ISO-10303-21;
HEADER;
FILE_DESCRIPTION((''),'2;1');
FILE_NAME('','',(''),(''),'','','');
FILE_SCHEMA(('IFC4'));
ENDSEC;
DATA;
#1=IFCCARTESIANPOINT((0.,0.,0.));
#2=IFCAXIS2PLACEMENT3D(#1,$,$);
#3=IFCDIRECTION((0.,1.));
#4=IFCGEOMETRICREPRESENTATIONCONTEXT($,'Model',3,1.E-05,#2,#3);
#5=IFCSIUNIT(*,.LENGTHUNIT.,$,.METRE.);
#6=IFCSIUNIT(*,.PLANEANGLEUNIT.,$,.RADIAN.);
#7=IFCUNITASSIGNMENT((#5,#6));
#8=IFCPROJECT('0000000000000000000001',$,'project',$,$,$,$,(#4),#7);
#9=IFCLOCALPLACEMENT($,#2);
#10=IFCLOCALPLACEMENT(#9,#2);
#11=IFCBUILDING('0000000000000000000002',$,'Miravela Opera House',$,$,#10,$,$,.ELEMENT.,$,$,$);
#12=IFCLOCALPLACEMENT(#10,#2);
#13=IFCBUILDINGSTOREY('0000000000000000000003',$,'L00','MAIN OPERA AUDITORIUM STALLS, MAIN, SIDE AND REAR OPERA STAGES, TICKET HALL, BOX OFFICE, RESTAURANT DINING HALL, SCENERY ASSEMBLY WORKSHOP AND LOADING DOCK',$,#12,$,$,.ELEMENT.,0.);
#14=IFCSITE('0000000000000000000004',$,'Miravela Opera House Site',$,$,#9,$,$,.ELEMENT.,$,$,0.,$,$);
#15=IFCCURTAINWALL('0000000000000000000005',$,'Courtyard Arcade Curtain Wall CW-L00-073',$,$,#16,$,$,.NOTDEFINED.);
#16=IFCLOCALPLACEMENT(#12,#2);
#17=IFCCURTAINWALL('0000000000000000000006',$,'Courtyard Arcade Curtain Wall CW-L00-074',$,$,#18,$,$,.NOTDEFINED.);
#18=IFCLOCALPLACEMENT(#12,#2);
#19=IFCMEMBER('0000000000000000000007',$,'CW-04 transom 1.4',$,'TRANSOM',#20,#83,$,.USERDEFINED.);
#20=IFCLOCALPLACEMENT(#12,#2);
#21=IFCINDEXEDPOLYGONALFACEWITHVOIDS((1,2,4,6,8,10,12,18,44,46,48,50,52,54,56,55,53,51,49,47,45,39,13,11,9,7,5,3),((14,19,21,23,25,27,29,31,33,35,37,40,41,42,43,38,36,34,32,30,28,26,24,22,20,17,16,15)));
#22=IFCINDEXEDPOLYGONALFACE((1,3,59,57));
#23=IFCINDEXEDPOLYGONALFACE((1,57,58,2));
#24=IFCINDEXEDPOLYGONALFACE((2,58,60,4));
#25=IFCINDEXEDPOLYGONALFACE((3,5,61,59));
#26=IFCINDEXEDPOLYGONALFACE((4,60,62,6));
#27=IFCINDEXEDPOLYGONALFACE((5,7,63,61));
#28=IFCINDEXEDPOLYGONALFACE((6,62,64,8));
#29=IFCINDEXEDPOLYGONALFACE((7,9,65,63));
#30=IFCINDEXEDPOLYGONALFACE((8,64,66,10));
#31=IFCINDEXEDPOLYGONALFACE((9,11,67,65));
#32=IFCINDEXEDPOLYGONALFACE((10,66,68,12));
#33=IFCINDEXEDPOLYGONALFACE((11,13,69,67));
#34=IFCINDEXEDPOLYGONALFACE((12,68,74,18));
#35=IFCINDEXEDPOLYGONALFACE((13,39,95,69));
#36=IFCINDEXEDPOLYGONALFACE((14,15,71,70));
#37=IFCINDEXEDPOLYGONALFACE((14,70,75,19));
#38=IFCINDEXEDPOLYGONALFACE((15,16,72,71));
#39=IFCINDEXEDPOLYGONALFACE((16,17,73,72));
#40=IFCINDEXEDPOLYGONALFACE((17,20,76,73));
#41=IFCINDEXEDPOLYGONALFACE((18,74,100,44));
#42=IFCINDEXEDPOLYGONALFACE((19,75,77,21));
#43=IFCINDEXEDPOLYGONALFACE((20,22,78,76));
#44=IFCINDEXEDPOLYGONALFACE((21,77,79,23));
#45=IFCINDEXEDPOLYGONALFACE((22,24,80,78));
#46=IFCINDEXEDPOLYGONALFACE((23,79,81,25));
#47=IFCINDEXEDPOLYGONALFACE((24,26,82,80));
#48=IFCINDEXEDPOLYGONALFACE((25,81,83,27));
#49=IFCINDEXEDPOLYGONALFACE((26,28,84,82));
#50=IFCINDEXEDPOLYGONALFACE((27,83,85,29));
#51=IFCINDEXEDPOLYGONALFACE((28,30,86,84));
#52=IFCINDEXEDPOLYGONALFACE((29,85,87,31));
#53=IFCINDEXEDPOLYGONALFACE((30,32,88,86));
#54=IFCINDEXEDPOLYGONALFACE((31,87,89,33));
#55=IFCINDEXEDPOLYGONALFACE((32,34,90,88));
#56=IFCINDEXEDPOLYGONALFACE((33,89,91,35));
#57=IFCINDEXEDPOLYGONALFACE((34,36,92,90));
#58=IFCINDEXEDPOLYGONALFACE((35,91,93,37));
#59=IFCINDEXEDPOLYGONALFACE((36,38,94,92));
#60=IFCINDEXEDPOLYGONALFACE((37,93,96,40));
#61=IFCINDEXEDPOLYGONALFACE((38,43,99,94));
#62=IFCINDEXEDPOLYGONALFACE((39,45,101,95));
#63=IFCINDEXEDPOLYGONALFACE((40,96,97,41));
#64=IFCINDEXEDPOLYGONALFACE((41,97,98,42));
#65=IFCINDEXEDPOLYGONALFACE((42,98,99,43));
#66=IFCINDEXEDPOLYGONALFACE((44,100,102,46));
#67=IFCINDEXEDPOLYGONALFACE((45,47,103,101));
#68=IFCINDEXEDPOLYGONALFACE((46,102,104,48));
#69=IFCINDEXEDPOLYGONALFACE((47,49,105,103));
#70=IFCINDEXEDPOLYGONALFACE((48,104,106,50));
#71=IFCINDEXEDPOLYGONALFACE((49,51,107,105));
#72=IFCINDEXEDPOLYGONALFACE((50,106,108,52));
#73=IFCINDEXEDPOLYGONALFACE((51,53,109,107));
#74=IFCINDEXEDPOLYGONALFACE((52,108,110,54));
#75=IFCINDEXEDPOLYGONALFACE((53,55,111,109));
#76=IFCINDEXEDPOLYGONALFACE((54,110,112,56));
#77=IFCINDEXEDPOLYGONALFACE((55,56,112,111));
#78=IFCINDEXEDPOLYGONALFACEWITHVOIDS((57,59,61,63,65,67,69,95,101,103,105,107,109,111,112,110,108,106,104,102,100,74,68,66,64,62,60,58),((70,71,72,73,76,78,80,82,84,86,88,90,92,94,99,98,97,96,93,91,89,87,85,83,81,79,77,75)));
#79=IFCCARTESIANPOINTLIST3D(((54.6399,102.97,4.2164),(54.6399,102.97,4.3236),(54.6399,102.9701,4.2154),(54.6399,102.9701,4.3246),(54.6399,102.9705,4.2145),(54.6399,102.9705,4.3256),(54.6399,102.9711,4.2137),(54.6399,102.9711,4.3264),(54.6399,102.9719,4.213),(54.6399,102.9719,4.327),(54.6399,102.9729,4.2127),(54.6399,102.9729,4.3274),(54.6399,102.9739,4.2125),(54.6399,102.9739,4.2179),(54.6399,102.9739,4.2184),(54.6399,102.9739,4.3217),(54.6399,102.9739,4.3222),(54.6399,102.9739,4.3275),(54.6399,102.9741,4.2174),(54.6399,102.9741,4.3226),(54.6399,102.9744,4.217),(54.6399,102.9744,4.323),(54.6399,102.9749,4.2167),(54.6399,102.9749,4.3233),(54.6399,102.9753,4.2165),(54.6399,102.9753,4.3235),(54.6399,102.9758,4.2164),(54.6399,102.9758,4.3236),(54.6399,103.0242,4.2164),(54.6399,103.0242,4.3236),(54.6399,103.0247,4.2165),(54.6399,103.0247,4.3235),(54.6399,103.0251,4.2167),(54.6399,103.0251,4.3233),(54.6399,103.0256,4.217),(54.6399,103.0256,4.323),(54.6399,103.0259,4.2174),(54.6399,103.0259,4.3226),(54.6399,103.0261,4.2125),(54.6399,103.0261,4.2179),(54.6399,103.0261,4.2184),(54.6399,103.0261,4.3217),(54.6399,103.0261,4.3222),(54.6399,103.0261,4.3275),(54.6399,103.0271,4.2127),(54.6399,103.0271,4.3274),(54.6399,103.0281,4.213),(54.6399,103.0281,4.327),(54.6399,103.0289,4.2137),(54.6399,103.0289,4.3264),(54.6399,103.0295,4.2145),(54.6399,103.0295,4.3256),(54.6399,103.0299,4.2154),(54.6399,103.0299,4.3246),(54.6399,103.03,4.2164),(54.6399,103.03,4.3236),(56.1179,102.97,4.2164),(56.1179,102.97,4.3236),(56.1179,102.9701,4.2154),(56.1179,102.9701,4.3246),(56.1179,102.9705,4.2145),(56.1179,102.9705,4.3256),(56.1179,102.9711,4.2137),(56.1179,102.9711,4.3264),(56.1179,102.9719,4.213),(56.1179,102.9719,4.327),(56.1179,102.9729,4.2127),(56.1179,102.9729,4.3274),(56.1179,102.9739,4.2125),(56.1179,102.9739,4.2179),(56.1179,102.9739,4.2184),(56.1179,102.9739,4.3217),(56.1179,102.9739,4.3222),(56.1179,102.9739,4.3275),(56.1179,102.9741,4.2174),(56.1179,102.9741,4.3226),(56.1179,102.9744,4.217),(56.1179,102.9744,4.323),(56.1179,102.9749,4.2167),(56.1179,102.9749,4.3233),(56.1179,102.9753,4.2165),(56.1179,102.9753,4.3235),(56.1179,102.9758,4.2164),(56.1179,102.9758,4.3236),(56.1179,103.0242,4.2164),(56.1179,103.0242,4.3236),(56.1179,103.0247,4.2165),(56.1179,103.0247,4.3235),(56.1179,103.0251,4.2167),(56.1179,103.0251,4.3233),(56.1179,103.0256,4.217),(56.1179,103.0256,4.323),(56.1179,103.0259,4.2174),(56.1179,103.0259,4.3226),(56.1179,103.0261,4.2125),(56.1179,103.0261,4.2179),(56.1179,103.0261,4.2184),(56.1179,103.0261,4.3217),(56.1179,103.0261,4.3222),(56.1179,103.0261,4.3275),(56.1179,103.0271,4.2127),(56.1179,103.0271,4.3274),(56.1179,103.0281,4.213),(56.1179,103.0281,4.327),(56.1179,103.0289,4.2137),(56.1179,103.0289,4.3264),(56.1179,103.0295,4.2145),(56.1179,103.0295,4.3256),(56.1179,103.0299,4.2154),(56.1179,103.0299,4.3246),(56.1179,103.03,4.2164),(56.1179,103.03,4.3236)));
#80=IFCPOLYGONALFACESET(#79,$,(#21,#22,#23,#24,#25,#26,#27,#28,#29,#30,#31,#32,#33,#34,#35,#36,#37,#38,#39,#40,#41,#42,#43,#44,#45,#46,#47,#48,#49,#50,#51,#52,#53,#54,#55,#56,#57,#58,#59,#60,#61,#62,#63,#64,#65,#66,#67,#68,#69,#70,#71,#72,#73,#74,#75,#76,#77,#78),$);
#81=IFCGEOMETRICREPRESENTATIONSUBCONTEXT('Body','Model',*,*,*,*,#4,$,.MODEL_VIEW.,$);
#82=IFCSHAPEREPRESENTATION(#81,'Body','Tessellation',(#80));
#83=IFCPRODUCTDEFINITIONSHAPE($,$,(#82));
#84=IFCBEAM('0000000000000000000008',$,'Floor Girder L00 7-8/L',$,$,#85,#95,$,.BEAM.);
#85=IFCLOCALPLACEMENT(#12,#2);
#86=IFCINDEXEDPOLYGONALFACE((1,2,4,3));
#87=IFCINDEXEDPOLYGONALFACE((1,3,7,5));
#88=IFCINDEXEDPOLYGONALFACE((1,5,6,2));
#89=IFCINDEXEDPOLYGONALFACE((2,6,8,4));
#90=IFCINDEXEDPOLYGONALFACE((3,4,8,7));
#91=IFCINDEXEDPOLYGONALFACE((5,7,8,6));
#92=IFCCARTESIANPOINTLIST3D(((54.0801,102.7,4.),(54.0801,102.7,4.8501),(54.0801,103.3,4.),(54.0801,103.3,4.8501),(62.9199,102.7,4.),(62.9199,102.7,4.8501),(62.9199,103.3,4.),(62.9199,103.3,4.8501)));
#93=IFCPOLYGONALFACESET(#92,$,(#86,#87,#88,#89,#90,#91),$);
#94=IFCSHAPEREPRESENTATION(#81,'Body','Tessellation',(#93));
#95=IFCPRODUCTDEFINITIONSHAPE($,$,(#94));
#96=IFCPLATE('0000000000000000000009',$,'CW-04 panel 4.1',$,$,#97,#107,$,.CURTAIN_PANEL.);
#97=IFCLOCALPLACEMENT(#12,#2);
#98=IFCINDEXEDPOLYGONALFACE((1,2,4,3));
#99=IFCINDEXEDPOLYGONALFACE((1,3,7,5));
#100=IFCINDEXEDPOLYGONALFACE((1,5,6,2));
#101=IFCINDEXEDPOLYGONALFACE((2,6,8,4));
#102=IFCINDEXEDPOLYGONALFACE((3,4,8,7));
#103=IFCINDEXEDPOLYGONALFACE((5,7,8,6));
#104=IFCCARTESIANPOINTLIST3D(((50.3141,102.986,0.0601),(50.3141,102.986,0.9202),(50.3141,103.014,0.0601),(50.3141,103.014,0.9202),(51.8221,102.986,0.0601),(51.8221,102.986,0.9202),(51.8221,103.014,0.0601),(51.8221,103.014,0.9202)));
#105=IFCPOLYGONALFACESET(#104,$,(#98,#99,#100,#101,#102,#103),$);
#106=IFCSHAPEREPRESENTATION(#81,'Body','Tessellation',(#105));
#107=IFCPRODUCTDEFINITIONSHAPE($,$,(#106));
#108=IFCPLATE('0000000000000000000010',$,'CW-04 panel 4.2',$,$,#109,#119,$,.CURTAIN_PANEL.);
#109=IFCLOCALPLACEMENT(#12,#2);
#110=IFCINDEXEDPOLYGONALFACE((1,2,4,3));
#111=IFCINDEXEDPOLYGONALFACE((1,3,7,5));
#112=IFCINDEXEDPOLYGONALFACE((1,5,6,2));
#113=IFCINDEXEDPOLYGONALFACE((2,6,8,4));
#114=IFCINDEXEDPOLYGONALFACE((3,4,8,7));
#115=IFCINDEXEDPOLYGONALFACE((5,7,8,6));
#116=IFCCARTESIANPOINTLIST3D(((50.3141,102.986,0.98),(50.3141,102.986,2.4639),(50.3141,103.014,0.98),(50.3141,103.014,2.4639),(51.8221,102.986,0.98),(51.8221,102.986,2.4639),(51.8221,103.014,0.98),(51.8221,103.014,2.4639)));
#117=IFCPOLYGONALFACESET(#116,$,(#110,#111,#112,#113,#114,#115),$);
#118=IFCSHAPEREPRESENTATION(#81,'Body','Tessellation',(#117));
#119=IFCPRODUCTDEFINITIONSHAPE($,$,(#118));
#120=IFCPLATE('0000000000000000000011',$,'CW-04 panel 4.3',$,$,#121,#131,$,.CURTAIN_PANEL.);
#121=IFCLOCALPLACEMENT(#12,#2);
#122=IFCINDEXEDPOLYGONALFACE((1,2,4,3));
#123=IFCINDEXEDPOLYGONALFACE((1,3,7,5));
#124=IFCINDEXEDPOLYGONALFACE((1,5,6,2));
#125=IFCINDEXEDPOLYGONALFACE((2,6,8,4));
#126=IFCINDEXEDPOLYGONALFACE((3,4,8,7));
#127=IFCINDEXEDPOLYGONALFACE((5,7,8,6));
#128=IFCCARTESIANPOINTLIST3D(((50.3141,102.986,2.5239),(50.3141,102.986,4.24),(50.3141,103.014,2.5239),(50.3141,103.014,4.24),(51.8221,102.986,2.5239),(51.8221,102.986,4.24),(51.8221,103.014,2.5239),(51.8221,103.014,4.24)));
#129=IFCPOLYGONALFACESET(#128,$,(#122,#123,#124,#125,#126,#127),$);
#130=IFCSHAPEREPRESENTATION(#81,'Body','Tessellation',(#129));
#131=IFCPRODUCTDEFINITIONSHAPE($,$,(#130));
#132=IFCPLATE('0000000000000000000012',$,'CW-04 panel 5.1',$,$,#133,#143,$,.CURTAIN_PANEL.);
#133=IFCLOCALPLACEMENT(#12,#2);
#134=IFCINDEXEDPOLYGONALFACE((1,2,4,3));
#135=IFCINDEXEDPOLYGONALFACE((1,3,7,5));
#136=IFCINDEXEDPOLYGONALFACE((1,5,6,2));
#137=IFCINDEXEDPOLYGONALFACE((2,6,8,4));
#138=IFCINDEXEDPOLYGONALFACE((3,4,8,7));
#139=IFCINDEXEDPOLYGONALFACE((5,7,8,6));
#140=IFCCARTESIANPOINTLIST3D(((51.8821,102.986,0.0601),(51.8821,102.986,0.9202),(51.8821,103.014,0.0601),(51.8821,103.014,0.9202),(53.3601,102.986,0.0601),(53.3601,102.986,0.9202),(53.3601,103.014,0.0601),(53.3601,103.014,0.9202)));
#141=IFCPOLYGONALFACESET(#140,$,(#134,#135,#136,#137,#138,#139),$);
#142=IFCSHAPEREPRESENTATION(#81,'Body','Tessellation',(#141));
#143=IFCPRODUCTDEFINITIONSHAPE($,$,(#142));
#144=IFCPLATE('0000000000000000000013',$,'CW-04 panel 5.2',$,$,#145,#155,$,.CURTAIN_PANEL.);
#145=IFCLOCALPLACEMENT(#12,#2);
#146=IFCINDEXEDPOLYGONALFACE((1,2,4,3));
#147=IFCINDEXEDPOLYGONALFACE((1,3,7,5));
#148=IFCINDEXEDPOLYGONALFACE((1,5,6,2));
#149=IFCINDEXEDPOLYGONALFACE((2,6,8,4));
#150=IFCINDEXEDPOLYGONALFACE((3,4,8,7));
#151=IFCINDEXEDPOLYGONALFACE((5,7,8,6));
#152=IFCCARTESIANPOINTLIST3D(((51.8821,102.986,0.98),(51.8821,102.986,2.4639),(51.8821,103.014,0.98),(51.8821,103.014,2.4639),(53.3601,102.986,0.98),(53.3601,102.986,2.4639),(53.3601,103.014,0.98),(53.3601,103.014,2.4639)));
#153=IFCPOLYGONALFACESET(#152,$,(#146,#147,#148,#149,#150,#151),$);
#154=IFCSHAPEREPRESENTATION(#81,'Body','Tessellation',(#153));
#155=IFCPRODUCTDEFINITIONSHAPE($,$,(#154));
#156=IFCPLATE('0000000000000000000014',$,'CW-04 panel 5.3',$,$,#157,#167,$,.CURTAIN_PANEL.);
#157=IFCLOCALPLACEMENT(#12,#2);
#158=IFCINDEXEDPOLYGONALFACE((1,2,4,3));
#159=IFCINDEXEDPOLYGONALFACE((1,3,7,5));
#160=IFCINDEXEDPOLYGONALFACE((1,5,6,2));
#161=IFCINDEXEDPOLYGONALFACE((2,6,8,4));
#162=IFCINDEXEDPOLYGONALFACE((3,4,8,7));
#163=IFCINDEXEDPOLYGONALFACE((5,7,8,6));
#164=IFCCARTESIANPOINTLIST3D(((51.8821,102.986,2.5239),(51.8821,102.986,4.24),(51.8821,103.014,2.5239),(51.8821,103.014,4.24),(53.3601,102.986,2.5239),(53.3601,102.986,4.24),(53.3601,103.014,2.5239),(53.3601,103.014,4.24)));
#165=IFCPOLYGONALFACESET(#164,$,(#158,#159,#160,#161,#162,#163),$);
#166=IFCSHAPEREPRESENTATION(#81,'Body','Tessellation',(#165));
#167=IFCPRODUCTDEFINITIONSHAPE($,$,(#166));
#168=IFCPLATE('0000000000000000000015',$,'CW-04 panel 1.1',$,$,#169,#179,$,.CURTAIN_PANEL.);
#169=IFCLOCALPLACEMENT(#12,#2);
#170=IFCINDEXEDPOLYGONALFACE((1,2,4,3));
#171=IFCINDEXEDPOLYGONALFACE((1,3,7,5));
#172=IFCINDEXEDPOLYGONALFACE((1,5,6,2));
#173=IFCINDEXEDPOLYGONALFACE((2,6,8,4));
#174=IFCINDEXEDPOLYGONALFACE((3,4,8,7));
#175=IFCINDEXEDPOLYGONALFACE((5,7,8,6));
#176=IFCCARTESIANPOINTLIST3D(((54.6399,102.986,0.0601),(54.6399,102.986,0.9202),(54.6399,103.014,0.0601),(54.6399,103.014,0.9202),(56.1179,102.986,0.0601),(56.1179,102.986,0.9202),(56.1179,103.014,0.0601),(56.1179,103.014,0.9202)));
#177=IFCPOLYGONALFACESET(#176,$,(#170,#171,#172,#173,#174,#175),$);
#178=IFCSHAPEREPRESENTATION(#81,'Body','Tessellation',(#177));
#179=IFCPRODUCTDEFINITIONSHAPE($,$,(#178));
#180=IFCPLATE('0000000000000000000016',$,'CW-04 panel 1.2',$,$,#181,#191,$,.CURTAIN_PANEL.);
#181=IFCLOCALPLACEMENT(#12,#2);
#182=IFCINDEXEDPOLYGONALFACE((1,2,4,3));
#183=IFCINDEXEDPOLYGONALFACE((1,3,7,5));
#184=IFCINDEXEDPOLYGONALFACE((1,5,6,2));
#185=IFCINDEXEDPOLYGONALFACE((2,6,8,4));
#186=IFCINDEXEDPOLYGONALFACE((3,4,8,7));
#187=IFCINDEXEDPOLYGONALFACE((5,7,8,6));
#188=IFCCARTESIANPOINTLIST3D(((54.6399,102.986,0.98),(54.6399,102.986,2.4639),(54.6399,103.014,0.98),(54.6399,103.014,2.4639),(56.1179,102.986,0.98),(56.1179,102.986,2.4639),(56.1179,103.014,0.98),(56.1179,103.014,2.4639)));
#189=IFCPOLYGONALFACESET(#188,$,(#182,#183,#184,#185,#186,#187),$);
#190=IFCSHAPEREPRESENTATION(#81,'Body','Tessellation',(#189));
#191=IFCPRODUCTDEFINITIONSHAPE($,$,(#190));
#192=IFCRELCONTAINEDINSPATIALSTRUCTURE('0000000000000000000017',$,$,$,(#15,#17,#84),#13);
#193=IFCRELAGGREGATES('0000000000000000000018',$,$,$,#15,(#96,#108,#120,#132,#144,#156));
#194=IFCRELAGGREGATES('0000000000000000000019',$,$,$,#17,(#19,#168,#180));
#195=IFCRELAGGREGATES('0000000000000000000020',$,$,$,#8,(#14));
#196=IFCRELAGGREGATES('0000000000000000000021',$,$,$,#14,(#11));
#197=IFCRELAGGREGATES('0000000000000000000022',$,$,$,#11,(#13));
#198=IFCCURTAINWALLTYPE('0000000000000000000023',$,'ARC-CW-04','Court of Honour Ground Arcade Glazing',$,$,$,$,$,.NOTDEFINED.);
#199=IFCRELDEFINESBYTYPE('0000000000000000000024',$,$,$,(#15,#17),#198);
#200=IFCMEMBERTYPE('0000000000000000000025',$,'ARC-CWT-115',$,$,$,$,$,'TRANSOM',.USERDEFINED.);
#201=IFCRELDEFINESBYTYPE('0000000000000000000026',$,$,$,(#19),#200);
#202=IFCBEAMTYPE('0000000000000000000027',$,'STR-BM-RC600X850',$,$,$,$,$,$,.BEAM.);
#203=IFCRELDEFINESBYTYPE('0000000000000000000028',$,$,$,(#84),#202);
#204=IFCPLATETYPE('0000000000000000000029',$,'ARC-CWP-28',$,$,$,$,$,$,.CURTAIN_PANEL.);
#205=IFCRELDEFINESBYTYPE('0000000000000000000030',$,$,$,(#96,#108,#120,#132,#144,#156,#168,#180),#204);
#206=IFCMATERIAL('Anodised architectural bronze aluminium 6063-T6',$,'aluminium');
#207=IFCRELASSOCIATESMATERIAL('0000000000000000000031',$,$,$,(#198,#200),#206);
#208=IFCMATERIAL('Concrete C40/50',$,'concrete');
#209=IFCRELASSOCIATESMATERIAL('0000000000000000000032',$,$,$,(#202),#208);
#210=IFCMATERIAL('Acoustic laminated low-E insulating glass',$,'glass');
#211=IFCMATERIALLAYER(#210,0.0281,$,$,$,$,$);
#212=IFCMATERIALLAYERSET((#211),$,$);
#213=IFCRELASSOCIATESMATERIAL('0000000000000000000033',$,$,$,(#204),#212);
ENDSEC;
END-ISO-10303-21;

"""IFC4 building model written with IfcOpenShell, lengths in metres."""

from ifc_helpers import new_model, si_unit, direction, frame, origin, origin_2d, place, context, subcontext, project, spatial, rectangle, hollow_rectangle, extrude, material, layer, layer_set, material_profile, profile_set, type_object, element, aggregate, save


model = new_model("IFC4")

# Units and contexts
model_context = context("Model", 3, precision=1e-05, world=origin(), true_north=direction((0.0, 1.0)))
body_context = subcontext(model_context, "Body", "Model", "MODEL_VIEW")
ifc_project = project(units=[si_unit("LENGTHUNIT", "METRE"), si_unit("PLANEANGLEUNIT", "RADIAN")], contexts=[model_context])

# Site, building, storey
site_placement = place(None, origin())
site = spatial("IfcSite", under=ifc_project, at=site_placement, Name="Miravela Opera House Site", CompositionType="ELEMENT", RefElevation=0.0)
building_placement = place(site_placement, origin())
building = spatial("IfcBuilding", under=site, at=building_placement, Name="Miravela Opera House", CompositionType="ELEMENT")
storey_placement = place(building_placement, origin())
storey = spatial("IfcBuildingStorey", under=building, at=storey_placement, Name="L00", Description="MAIN OPERA AUDITORIUM STALLS, MAIN, SIDE AND REAR OPERA STAGES, TICKET HALL, BOX OFFICE, RESTAURANT DINING HALL, SCENERY ASSEMBLY WORKSHOP AND LOADING DOCK", CompositionType="ELEMENT", Elevation=0.0)

# Shared definitions
ifc_material_1 = material(Name="Concrete C40/50", Category="concrete")

# Curtain wall
ifc_material_2 = material(Name="Anodised architectural bronze aluminium 6063-T6", Category="aluminium")
curtain_wall_type = type_object("IfcCurtainWallType", Name="ARC-CW-04", Description="Court of Honour Ground Arcade Glazing", PredefinedType="NOTDEFINED", material=ifc_material_2)
curtain_wall_1_placement = place(storey_placement, origin())
curtain_wall_1 = element("IfcCurtainWall", 1, at=curtain_wall_1_placement, inside=storey, type_object=curtain_wall_type, Name="Courtyard Arcade Curtain Wall CW-L00-073", PredefinedType="NOTDEFINED")

# Curtain wall
curtain_wall_2_placement = place(storey_placement, origin())
curtain_wall_2 = element("IfcCurtainWall", 2, at=curtain_wall_2_placement, inside=storey, type_object=curtain_wall_type, Name="Courtyard Arcade Curtain Wall CW-L00-074", PredefinedType="NOTDEFINED")

# Member
ifc_material_profile_1 = material_profile(ifc_material_2, hollow_rectangle(XDim=0.0601, YDim=0.115, WallThickness=0.0039, InnerFilletRadius=0.002, OuterFilletRadius=0.0039, at=origin_2d()), Name="CWT-60X115")
ifc_profile_set_1 = profile_set([ifc_material_profile_1])
member_type_1 = type_object("IfcMemberType", Name="ARC-CWT-115", ElementType="TRANSOM", PredefinedType="USERDEFINED", material=ifc_profile_set_1)
member_1_placement = place(storey_placement, frame((54.6399, 103.0, 4.27), z_axis=(1.0, 0.0, 0.0), x_axis=(0.0, 1.0, 0.0)))
member_1 = element("IfcMember", 3, at=member_1_placement, type_object=member_type_1, Name="CW-04 transom 1.4", ObjectType="TRANSOM", PredefinedType="USERDEFINED", context=body_context, shape_type="SweptSolid", body=[
    extrude(hollow_rectangle(XDim=0.0601, YDim=0.115, WallThickness=0.0039, InnerFilletRadius=0.002, OuterFilletRadius=0.0039, at=origin_2d()), origin(), (0.0, 0.0, 1.0), 1.478),
])

# Beam
ifc_material_profile_2 = material_profile(ifc_material_1, rectangle(XDim=0.6001, YDim=0.8501, at=origin_2d()), Name="RC-BM-600X850")
ifc_profile_set_2 = profile_set([ifc_material_profile_2])
beam_type = type_object("IfcBeamType", Name="STR-BM-RC600X850", PredefinedType="BEAM", material=ifc_profile_set_2)
beam_placement = place(storey_placement, frame((54.0801, 103.0, 4.425), z_axis=(1.0, 0.0, 0.0), x_axis=(0.0, 1.0, 0.0)))
element("IfcBeam", 4, at=beam_placement, inside=storey, type_object=beam_type, Name="Floor Girder L00 7-8/L", PredefinedType="BEAM", context=body_context, shape_type="SweptSolid", body=[
    extrude(rectangle(XDim=0.6001, YDim=0.8501, at=origin_2d()), origin(), (0.0, 0.0, 1.0), 8.8398),
])

# Plates
ifc_material_3 = material(Name="Acoustic laminated low-E insulating glass", Category="glass")
ifc_layer = layer(ifc_material_3, 0.0281)
ifc_layer_set = layer_set([ifc_layer])
plate_type = type_object("IfcPlateType", Name="ARC-CWP-28", PredefinedType="CURTAIN_PANEL", material=ifc_layer_set)
plate_1_placement = place(storey_placement, frame((51.0681, 103.0, 0.0601), z_axis=(0.0, 0.0, 1.0), x_axis=(1.0, 0.0, 0.0)))
plate_1 = element("IfcPlate", 5, at=plate_1_placement, type_object=plate_type, Name="CW-04 panel 4.1", PredefinedType="CURTAIN_PANEL", context=body_context, shape_type="SweptSolid", body=[
    extrude(rectangle(XDim=1.5081, YDim=0.0281, at=origin_2d()), origin(), (0.0, 0.0, 1.0), 0.8601),
])
plate_2_placement = place(storey_placement, frame((51.0681, 103.0, 0.98), z_axis=(0.0, 0.0, 1.0), x_axis=(1.0, 0.0, 0.0)))
plate_2 = element("IfcPlate", 6, at=plate_2_placement, type_object=plate_type, Name="CW-04 panel 4.2", PredefinedType="CURTAIN_PANEL", context=body_context, shape_type="SweptSolid", body=[
    extrude(rectangle(XDim=1.5081, YDim=0.0281, at=origin_2d()), origin(), (0.0, 0.0, 1.0), 1.4839),
])
plate_3_placement = place(storey_placement, frame((51.0681, 103.0, 2.5239), z_axis=(0.0, 0.0, 1.0), x_axis=(1.0, 0.0, 0.0)))
plate_3 = element("IfcPlate", 7, at=plate_3_placement, type_object=plate_type, Name="CW-04 panel 4.3", PredefinedType="CURTAIN_PANEL", context=body_context, shape_type="SweptSolid", body=[
    extrude(rectangle(XDim=1.5081, YDim=0.0281, at=origin_2d()), origin(), (0.0, 0.0, 1.0), 1.7161),
])
plate_4_placement = place(storey_placement, frame((52.6211, 103.0, 0.0601), z_axis=(0.0, 0.0, 1.0), x_axis=(1.0, 0.0, 0.0)))
plate_4 = element("IfcPlate", 8, at=plate_4_placement, type_object=plate_type, Name="CW-04 panel 5.1", PredefinedType="CURTAIN_PANEL", context=body_context, shape_type="SweptSolid", body=[
    extrude(rectangle(XDim=1.478, YDim=0.0281, at=origin_2d()), origin(), (0.0, 0.0, 1.0), 0.8601),
])
plate_5_placement = place(storey_placement, frame((52.6211, 103.0, 0.98), z_axis=(0.0, 0.0, 1.0), x_axis=(1.0, 0.0, 0.0)))
plate_5 = element("IfcPlate", 9, at=plate_5_placement, type_object=plate_type, Name="CW-04 panel 5.2", PredefinedType="CURTAIN_PANEL", context=body_context, shape_type="SweptSolid", body=[
    extrude(rectangle(XDim=1.478, YDim=0.0281, at=origin_2d()), origin(), (0.0, 0.0, 1.0), 1.4839),
])
plate_6_placement = place(storey_placement, frame((52.6211, 103.0, 2.5239), z_axis=(0.0, 0.0, 1.0), x_axis=(1.0, 0.0, 0.0)))
plate_6 = element("IfcPlate", 10, at=plate_6_placement, type_object=plate_type, Name="CW-04 panel 5.3", PredefinedType="CURTAIN_PANEL", context=body_context, shape_type="SweptSolid", body=[
    extrude(rectangle(XDim=1.478, YDim=0.0281, at=origin_2d()), origin(), (0.0, 0.0, 1.0), 1.7161),
])
aggregate(curtain_wall_1, [plate_1, plate_2, plate_3, plate_4, plate_5, plate_6])
plate_7_placement = place(storey_placement, frame((55.3789, 103.0, 0.0601), z_axis=(0.0, 0.0, 1.0), x_axis=(1.0, 0.0, 0.0)))
plate_7 = element("IfcPlate", 11, at=plate_7_placement, type_object=plate_type, Name="CW-04 panel 1.1", PredefinedType="CURTAIN_PANEL", context=body_context, shape_type="SweptSolid", body=[
    extrude(rectangle(XDim=1.478, YDim=0.0281, at=origin_2d()), origin(), (0.0, 0.0, 1.0), 0.8601),
])
plate_8_placement = place(storey_placement, frame((55.3789, 103.0, 0.98), z_axis=(0.0, 0.0, 1.0), x_axis=(1.0, 0.0, 0.0)))
plate_8 = element("IfcPlate", 12, at=plate_8_placement, type_object=plate_type, Name="CW-04 panel 1.2", PredefinedType="CURTAIN_PANEL", context=body_context, shape_type="SweptSolid", body=[
    extrude(rectangle(XDim=1.478, YDim=0.0281, at=origin_2d()), origin(), (0.0, 0.0, 1.0), 1.4839),
])
aggregate(curtain_wall_2, [member_1, plate_7, plate_8])

save(model, "model.ifc")
